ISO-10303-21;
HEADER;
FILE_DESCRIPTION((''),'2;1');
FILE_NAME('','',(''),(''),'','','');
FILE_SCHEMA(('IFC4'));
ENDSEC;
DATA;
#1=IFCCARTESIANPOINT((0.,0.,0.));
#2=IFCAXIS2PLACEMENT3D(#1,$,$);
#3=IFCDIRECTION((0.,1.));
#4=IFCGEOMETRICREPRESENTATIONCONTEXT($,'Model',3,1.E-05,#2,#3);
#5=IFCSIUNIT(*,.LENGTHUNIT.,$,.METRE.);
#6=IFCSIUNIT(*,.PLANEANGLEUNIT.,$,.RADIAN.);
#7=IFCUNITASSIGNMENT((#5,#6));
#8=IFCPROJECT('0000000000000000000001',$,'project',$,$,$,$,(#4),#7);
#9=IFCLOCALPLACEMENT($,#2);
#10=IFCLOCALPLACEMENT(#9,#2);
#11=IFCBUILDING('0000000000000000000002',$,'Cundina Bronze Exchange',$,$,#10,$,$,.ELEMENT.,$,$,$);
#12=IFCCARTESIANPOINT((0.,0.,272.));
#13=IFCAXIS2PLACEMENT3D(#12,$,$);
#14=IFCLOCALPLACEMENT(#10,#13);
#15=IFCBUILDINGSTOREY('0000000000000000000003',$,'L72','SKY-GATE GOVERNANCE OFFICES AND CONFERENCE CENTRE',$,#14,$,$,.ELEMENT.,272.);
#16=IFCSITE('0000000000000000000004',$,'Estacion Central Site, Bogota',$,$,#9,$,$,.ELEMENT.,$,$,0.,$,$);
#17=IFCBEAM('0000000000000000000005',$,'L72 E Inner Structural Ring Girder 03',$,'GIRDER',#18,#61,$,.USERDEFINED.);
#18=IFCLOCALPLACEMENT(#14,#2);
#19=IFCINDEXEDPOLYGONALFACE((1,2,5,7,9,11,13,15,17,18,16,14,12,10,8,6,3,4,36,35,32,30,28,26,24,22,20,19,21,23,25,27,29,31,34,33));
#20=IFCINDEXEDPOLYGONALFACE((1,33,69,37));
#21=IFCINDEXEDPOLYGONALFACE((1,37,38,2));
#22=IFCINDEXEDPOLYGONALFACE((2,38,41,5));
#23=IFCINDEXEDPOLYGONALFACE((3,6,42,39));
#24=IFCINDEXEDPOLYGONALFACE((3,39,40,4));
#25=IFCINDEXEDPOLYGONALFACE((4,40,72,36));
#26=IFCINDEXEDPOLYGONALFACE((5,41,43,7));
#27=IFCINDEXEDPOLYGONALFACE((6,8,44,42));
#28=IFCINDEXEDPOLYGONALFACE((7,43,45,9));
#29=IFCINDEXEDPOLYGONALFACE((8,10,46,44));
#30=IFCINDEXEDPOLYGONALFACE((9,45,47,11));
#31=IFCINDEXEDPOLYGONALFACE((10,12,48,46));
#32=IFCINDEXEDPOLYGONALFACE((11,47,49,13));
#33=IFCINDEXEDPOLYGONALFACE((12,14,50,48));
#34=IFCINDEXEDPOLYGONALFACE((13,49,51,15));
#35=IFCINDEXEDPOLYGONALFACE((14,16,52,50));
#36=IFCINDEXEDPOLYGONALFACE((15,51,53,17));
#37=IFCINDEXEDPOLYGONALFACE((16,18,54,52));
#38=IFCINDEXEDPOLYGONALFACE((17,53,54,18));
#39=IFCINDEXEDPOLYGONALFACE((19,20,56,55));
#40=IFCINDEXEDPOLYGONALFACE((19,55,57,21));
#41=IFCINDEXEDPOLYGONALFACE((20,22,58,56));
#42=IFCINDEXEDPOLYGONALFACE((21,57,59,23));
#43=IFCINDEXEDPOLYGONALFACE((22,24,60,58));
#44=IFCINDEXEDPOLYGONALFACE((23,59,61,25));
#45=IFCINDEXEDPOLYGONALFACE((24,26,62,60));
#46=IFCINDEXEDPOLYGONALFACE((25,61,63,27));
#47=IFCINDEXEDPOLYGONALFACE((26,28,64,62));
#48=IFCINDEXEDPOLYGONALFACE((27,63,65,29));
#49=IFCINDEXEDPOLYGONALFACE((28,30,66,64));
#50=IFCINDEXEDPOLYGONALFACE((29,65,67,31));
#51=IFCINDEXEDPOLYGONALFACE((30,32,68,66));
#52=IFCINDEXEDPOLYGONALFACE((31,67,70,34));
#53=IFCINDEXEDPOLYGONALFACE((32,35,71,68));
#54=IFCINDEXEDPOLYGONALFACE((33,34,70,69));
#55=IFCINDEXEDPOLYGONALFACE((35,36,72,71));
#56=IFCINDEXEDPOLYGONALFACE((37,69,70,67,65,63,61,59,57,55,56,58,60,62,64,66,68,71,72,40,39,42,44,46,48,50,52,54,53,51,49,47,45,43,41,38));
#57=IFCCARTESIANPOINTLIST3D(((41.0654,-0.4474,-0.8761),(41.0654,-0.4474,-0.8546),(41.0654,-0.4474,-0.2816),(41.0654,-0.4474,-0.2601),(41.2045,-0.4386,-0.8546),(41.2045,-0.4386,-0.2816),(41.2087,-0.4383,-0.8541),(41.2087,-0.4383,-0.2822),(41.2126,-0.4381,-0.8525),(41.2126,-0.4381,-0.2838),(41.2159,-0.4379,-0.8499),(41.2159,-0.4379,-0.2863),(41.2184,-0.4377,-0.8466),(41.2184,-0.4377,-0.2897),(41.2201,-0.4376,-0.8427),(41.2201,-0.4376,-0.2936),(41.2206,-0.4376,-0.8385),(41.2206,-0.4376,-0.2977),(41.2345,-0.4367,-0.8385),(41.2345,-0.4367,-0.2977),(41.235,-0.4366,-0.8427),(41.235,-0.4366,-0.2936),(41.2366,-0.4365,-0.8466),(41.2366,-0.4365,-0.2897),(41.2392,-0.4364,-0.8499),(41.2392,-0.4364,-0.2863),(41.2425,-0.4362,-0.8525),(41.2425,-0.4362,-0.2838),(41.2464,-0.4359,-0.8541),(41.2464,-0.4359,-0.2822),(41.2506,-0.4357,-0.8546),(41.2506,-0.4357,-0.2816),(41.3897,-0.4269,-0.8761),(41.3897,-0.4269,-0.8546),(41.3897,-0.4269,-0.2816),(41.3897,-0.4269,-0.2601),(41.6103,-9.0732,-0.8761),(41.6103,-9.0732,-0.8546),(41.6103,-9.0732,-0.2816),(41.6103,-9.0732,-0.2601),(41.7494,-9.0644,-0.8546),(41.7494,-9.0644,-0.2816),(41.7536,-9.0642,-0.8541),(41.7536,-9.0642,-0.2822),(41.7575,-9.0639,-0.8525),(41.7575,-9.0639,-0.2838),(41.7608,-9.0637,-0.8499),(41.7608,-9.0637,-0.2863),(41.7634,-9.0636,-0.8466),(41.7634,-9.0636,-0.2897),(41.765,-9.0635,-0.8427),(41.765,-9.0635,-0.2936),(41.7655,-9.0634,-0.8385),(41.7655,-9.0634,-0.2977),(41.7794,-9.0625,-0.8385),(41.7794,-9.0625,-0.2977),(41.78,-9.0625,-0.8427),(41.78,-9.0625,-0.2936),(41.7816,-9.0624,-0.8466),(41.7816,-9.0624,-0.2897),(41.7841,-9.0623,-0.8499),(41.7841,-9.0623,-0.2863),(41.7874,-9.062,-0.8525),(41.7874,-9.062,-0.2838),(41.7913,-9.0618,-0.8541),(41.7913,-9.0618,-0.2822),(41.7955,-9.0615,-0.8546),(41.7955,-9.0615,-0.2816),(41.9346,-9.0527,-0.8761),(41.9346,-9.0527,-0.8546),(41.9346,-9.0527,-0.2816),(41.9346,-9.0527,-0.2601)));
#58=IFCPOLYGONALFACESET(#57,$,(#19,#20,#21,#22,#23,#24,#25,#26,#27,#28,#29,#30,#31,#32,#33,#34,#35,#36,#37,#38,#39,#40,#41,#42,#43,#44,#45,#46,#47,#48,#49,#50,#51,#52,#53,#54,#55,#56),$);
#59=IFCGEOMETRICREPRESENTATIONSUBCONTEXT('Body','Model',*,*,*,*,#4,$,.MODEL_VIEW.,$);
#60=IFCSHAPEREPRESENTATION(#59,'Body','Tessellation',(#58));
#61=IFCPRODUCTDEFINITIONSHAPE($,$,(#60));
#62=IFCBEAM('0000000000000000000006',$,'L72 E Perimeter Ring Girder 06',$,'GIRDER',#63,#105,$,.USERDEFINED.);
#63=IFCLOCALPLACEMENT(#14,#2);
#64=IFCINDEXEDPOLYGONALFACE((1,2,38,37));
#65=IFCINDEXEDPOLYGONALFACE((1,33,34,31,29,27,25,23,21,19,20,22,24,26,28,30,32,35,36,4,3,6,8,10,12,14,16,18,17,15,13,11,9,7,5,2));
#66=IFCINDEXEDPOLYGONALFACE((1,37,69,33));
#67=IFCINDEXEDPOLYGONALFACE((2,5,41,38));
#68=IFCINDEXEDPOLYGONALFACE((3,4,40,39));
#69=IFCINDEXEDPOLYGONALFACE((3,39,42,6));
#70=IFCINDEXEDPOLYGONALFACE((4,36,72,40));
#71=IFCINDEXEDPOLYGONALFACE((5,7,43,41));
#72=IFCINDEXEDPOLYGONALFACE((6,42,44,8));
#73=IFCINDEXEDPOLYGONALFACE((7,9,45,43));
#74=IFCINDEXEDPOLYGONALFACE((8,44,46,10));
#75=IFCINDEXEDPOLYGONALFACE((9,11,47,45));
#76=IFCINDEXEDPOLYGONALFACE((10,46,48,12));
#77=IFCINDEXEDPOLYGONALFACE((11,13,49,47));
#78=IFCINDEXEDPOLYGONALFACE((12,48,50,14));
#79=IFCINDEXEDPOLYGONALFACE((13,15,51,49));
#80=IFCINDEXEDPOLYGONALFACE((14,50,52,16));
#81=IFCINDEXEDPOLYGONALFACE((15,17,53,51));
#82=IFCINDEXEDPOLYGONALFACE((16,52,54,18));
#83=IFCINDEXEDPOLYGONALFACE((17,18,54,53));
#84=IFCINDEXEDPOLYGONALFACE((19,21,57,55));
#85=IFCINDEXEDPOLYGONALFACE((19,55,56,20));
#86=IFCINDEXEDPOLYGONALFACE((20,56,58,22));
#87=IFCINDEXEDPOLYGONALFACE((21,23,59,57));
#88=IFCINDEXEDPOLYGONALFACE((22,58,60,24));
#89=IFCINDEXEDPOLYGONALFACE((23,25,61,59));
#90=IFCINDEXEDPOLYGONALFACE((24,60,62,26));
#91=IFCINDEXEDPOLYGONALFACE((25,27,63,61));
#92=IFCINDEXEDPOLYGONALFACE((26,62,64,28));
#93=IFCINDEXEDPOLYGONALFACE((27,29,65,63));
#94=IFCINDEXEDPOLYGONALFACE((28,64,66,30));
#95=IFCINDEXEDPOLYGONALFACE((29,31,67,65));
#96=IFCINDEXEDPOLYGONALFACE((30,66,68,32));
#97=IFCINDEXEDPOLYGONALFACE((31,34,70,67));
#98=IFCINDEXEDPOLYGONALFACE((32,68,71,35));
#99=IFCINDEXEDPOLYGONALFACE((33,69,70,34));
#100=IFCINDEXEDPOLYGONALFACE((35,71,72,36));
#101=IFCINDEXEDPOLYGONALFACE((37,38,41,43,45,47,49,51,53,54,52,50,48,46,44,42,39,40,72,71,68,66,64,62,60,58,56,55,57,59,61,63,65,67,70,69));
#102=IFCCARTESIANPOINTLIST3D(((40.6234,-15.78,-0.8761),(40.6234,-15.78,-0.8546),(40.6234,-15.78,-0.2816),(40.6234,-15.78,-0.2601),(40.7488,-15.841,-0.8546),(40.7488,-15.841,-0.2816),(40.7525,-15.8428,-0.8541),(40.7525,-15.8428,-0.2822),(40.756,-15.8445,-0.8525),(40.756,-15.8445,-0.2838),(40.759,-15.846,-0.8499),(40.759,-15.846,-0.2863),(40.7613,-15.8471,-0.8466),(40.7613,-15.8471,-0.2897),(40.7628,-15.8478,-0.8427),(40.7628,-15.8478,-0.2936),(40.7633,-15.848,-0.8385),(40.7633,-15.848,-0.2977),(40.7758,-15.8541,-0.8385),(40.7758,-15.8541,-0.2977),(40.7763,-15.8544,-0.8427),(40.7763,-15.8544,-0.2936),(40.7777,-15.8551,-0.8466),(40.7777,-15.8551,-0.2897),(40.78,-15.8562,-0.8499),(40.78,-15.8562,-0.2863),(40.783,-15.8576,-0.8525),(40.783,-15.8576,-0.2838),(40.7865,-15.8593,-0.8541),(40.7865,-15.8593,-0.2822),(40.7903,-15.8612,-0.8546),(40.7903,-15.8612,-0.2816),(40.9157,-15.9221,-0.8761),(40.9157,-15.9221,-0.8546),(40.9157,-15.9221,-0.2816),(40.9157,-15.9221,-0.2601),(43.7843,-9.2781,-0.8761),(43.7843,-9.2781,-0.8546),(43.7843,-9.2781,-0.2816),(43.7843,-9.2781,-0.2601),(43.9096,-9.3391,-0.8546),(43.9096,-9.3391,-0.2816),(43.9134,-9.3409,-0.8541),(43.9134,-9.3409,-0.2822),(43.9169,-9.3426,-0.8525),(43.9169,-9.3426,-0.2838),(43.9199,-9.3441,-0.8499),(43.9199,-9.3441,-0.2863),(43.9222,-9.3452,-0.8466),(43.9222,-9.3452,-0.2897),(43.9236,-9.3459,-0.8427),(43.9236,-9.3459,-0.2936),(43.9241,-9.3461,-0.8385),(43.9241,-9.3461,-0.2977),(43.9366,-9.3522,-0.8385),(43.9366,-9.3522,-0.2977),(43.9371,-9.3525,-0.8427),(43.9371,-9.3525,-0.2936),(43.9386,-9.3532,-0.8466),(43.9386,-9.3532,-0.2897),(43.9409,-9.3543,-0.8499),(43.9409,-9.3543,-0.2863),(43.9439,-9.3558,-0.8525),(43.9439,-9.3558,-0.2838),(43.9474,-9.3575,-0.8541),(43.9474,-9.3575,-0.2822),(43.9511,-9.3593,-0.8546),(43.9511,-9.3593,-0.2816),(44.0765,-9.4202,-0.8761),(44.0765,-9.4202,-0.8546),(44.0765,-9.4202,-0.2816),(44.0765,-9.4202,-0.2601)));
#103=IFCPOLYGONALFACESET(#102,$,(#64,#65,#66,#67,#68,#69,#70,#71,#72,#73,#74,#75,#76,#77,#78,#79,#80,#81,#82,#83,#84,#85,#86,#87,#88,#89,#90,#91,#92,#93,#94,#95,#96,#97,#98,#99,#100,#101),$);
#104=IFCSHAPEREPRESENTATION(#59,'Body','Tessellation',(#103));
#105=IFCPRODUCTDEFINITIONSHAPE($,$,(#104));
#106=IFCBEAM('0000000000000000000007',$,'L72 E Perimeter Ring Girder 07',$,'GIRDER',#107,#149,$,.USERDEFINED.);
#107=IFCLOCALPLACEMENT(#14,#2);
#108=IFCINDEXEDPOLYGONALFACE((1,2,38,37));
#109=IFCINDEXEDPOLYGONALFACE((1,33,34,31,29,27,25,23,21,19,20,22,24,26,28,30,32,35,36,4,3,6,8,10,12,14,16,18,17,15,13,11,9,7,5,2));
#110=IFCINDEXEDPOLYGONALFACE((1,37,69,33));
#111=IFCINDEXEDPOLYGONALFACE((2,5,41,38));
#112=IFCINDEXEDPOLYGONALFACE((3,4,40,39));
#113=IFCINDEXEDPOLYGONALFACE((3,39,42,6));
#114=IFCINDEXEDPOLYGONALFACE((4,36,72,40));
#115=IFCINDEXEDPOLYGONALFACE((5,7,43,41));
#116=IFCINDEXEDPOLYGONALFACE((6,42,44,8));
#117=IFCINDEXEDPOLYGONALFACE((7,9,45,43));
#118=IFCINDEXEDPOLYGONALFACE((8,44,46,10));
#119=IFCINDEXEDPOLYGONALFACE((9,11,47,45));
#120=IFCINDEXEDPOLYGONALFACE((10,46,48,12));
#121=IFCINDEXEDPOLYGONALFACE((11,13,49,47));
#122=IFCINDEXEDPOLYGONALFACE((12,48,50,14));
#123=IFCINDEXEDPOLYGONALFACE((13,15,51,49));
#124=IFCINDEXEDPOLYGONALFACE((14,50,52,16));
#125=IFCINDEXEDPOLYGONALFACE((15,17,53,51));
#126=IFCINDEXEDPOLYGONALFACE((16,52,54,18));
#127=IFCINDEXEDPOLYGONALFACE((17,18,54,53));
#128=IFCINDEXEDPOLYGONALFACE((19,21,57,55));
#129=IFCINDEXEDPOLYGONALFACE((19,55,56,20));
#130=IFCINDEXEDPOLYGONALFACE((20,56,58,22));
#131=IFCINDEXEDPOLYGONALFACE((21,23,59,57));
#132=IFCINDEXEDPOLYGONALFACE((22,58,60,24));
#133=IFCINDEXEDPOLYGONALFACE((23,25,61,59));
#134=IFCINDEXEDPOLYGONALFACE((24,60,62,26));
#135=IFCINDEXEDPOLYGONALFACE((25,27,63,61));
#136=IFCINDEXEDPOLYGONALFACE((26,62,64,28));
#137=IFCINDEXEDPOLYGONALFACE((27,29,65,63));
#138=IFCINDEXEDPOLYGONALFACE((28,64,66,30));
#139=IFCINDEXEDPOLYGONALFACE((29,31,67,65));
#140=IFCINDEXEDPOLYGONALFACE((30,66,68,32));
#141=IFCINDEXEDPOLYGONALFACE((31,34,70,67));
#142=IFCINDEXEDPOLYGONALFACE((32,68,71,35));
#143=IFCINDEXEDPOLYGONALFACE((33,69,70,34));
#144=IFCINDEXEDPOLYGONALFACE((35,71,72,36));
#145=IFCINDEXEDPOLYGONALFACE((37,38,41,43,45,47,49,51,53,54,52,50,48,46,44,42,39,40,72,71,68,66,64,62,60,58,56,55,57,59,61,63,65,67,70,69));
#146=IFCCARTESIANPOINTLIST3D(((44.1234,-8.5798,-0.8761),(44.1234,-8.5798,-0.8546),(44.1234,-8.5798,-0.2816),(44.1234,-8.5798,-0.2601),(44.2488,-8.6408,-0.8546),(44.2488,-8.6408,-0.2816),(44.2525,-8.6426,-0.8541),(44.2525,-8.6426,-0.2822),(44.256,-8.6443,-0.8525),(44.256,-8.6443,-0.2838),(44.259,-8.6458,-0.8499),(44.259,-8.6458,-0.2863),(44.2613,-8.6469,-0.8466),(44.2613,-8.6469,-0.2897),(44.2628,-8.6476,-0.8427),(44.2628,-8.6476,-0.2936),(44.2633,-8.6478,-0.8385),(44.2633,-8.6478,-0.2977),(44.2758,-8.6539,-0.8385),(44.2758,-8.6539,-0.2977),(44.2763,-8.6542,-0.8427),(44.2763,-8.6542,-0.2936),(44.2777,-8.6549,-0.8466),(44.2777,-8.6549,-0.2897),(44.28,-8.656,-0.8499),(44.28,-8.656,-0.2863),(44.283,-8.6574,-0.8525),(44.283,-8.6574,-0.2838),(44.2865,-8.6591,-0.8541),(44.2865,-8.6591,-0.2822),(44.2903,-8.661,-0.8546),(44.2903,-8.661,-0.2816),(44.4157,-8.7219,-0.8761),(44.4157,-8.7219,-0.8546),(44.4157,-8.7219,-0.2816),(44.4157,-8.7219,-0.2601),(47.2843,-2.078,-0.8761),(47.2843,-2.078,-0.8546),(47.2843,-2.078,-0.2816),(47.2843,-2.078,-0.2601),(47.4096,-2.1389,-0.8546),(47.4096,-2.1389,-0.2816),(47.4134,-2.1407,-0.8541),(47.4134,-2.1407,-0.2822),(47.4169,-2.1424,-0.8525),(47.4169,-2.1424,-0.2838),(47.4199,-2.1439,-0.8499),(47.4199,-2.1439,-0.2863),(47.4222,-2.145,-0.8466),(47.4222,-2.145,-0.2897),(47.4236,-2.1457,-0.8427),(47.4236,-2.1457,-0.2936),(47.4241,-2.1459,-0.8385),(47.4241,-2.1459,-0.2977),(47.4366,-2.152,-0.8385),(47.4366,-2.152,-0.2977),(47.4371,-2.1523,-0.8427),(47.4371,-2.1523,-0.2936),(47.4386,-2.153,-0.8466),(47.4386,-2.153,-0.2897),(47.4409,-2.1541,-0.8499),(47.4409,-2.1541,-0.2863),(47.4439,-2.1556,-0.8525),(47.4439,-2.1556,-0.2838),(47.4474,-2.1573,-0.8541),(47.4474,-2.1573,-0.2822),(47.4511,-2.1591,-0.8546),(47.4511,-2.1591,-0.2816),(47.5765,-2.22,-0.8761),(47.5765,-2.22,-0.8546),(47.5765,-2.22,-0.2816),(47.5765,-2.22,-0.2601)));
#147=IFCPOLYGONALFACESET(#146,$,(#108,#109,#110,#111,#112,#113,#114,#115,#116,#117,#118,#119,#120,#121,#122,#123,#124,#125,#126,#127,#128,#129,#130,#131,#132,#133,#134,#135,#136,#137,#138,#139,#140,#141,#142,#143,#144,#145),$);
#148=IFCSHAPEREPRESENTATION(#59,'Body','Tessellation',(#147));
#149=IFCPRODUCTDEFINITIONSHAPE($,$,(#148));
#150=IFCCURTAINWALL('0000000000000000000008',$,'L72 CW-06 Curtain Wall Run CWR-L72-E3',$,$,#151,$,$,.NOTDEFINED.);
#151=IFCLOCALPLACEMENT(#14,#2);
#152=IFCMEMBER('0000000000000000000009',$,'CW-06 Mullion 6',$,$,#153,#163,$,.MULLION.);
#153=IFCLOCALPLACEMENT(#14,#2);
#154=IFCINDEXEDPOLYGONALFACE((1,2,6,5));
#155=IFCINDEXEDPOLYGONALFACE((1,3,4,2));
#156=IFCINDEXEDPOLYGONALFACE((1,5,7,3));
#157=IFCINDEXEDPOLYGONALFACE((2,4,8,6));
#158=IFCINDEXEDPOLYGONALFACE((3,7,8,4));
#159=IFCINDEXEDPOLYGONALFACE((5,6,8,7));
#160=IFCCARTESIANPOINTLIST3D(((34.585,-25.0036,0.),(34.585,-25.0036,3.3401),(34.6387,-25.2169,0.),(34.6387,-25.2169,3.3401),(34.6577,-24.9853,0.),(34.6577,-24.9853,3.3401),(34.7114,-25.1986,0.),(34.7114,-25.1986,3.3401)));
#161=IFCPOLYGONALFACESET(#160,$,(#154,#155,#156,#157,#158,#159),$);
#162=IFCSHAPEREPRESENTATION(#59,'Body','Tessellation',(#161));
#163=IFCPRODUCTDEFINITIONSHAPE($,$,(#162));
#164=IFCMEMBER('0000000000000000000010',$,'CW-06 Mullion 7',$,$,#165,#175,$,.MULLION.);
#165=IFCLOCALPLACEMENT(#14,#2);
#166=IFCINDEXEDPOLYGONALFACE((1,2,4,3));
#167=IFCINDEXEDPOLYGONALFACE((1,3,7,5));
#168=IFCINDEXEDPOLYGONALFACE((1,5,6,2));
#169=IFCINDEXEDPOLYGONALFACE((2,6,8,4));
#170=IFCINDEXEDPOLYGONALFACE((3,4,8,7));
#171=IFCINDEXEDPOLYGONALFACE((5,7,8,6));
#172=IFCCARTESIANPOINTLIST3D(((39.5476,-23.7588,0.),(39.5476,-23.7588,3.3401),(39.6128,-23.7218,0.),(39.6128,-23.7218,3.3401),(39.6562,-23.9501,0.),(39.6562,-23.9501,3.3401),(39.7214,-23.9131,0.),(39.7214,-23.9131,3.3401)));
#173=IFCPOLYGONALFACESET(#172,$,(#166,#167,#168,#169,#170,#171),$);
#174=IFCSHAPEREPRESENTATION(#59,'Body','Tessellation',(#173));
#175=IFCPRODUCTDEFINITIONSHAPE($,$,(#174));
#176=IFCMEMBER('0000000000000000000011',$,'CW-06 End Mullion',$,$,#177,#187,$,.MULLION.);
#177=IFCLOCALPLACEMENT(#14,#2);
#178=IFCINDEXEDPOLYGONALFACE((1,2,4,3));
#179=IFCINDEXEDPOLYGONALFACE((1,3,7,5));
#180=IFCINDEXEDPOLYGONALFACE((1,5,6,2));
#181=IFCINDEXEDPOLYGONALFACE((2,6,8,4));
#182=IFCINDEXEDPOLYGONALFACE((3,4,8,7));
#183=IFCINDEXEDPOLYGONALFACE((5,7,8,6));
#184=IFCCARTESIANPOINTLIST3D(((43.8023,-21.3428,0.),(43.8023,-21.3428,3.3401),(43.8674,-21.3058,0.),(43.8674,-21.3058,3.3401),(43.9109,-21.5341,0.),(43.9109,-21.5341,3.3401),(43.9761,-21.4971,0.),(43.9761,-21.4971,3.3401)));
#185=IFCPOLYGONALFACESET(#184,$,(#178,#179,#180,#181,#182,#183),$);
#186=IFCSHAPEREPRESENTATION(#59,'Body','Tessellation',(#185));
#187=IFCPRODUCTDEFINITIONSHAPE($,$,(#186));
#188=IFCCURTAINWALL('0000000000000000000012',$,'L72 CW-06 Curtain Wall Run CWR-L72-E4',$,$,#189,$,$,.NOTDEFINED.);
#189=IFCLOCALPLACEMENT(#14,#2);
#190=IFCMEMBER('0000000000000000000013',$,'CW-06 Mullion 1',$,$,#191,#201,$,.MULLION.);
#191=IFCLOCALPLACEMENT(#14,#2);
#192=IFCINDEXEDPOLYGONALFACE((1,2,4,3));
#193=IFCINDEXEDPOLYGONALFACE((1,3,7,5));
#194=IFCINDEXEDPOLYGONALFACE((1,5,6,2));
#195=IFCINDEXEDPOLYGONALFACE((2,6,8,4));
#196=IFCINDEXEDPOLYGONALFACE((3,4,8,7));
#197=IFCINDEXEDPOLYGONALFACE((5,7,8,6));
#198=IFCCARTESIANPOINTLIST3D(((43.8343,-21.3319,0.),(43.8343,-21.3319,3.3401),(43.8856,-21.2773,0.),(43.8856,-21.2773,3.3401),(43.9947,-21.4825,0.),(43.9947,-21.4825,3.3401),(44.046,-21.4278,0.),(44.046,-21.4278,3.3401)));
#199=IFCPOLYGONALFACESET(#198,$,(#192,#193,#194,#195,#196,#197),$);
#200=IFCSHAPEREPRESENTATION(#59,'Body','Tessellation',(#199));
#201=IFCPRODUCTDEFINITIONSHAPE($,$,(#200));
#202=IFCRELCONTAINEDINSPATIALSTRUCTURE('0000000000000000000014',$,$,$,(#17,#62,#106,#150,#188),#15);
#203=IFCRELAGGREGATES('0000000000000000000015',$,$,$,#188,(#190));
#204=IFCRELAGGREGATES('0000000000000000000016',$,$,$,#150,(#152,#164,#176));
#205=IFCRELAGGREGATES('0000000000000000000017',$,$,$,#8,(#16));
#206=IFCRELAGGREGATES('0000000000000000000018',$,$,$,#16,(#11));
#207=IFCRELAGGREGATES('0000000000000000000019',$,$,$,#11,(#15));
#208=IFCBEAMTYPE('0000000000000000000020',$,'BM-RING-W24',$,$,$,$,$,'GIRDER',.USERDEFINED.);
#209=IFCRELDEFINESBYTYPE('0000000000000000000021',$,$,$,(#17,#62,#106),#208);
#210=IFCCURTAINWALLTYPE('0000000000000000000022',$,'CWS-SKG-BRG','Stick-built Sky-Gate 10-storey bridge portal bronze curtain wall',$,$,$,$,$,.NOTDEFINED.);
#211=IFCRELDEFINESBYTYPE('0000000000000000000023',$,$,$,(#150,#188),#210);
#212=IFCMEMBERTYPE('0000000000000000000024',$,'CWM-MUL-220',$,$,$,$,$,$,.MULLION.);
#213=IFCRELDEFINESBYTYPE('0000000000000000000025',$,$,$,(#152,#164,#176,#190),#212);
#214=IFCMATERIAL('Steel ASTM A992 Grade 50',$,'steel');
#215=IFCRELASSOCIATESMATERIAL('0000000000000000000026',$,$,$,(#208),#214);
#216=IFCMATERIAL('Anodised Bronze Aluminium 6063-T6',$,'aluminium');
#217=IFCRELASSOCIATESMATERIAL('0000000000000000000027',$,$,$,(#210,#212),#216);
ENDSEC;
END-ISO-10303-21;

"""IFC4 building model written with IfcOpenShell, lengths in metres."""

from ifc_helpers import new_model, si_unit, direction, frame, origin, origin_2d, place, context, subcontext, project, spatial, rectangle, i_section, extrude, material, material_profile, profile_set, type_object, element, aggregate, save


model = new_model("IFC4")

# Units and contexts
model_context = context("Model", 3, precision=1e-05, world=origin(), true_north=direction((0.0, 1.0)))
body_context = subcontext(model_context, "Body", "Model", "MODEL_VIEW")
ifc_project = project(units=[si_unit("LENGTHUNIT", "METRE"), si_unit("PLANEANGLEUNIT", "RADIAN")], contexts=[model_context])

# Site, building, storey
site_placement = place(None, origin())
site = spatial("IfcSite", under=ifc_project, at=site_placement, Name="Estacion Central Site, Bogota", CompositionType="ELEMENT", RefElevation=0.0)
building_placement = place(site_placement, origin())
building = spatial("IfcBuilding", under=site, at=building_placement, Name="Cundina Bronze Exchange", CompositionType="ELEMENT")
storey_placement = place(building_placement, frame((0.0, 0.0, 272.0)))
storey = spatial("IfcBuildingStorey", under=building, at=storey_placement, Name="L72", Description="SKY-GATE GOVERNANCE OFFICES AND CONFERENCE CENTRE", CompositionType="ELEMENT", Elevation=272.0)

# Beams
ifc_material_1 = material(Name="Steel ASTM A992 Grade 50", Category="steel")
ifc_material_profile_1 = material_profile(ifc_material_1, i_section(OverallWidth=0.325, OverallDepth=0.616, WebThickness=0.0139, FlangeThickness=0.0215, FilletRadius=0.0161, at=origin_2d()), Name="W24X117", Category="steel")
ifc_profile_set_1 = profile_set([ifc_material_profile_1], Name="Steel ASTM A992 Grade 50")
beam_type_1 = type_object("IfcBeamType", Name="BM-RING-W24", ElementType="GIRDER", PredefinedType="USERDEFINED", material=ifc_profile_set_1)
beam_1_placement = place(storey_placement, frame((41.7725, -9.063, -0.5681), z_axis=(-0.063047, 0.998011, 0.0), x_axis=(-0.998011, -0.063047, 0.0)))
element("IfcBeam", 1, at=beam_1_placement, inside=storey, type_object=beam_type_1, Name="L72 E Inner Structural Ring Girder 03", ObjectType="GIRDER", PredefinedType="USERDEFINED", context=body_context, shape_type="SweptSolid", body=[
    extrude(i_section(OverallWidth=0.325, OverallDepth=0.616, WebThickness=0.0139, FlangeThickness=0.0215, FilletRadius=0.0161, at=origin_2d()), origin(), (0.0, 0.0, 1.0), 8.6431),
])
for number, where, z_axis, x_axis, name in (
    (2, (40.7695, -15.8511, -0.5681), (0.437217, 0.899356, 0.0), (-0.899356, 0.437217, 0.0), "L72 E Perimeter Ring Girder 06"),
    (3, (44.2695, -8.6509, -0.5681), (0.437217, 0.899356, 0.0), (-0.899356, 0.437217, 0.0), "L72 E Perimeter Ring Girder 07"),
):
    element("IfcBeam", number, at=place(storey_placement, frame(where, z_axis=z_axis, x_axis=x_axis)), inside=storey, type_object=beam_type_1, Name=name, ObjectType="GIRDER", PredefinedType="USERDEFINED", context=body_context, shape_type="SweptSolid", body=[
        extrude(i_section(OverallWidth=0.325, OverallDepth=0.616, WebThickness=0.0139, FlangeThickness=0.0215, FilletRadius=0.0161, at=origin_2d()), origin(), (0.0, 0.0, 1.0), 7.2295),
    ])

# Curtain walls, members
ifc_material_2 = material(Name="Anodised Bronze Aluminium 6063-T6", Category="aluminium")
curtain_wall_type = type_object("IfcCurtainWallType", Name="CWS-SKG-BRG", Description="Stick-built Sky-Gate 10-storey bridge portal bronze curtain wall", PredefinedType="NOTDEFINED", material=ifc_material_2)
curtain_wall_1_placement = place(storey_placement, origin())
curtain_wall_1 = element("IfcCurtainWall", 4, at=curtain_wall_1_placement, inside=storey, type_object=curtain_wall_type, Name="L72 CW-06 Curtain Wall Run CWR-L72-E3", PredefinedType="NOTDEFINED")
ifc_material_profile_2 = material_profile(ifc_material_2, rectangle(XDim=0.075, YDim=0.22, at=origin_2d()), Name="AL75X220", Category="aluminium")
ifc_profile_set_2 = profile_set([ifc_material_profile_2], Name="Anodised Bronze Aluminium 6063-T6")
member_type_1 = type_object("IfcMemberType", Name="CWM-MUL-220", PredefinedType="MULLION", material=ifc_profile_set_2)
member_1_placement = place(storey_placement, frame((34.6482, -25.1011, 0.0), z_axis=(0.0, 0.0, 1.0), x_axis=(0.969744, 0.244123, 0.0)))
member_1 = element("IfcMember", 5, at=member_1_placement, type_object=member_type_1, Name="CW-06 Mullion 6", PredefinedType="MULLION", context=body_context, shape_type="SweptSolid", body=[
    extrude(rectangle(XDim=0.075, YDim=0.22, at=origin_2d()), origin(), (0.0, 0.0, 1.0), 3.3401),
])
member_2_placement = place(storey_placement, frame((39.6345, -23.8359, 0.0), z_axis=(0.0, 0.0, 1.0), x_axis=(0.869581, 0.49379, 0.0)))
member_2 = element("IfcMember", 6, at=member_2_placement, type_object=member_type_1, Name="CW-06 Mullion 7", PredefinedType="MULLION", context=body_context, shape_type="SweptSolid", body=[
    extrude(rectangle(XDim=0.075, YDim=0.22, at=origin_2d()), origin(), (0.0, 0.0, 1.0), 3.3401),
])
member_3_placement = place(storey_placement, frame((43.8892, -21.4199, 0.0), z_axis=(0.0, 0.0, 1.0), x_axis=(0.869581, 0.49379, 0.0)))
member_3 = element("IfcMember", 7, at=member_3_placement, type_object=member_type_1, Name="CW-06 End Mullion", PredefinedType="MULLION", context=body_context, shape_type="SweptSolid", body=[
    extrude(rectangle(XDim=0.075, YDim=0.22, at=origin_2d()), origin(), (0.0, 0.0, 1.0), 3.3401),
])
curtain_wall_2_placement = place(storey_placement, origin())
curtain_wall_2 = element("IfcCurtainWall", 8, at=curtain_wall_2_placement, inside=storey, type_object=curtain_wall_type, Name="L72 CW-06 Curtain Wall Run CWR-L72-E4", PredefinedType="NOTDEFINED")
member_4_placement = place(storey_placement, frame((43.9402, -21.3799, 0.0), z_axis=(0.0, 0.0, 1.0), x_axis=(0.684293, 0.729208, 0.0)))
member_4 = element("IfcMember", 9, at=member_4_placement, type_object=member_type_1, Name="CW-06 Mullion 1", PredefinedType="MULLION", context=body_context, shape_type="SweptSolid", body=[
    extrude(rectangle(XDim=0.075, YDim=0.22, at=origin_2d()), origin(), (0.0, 0.0, 1.0), 3.3401),
])

aggregate(curtain_wall_2, [member_4])
aggregate(curtain_wall_1, [member_1, member_2, member_3])

save(model, "model.ifc")
